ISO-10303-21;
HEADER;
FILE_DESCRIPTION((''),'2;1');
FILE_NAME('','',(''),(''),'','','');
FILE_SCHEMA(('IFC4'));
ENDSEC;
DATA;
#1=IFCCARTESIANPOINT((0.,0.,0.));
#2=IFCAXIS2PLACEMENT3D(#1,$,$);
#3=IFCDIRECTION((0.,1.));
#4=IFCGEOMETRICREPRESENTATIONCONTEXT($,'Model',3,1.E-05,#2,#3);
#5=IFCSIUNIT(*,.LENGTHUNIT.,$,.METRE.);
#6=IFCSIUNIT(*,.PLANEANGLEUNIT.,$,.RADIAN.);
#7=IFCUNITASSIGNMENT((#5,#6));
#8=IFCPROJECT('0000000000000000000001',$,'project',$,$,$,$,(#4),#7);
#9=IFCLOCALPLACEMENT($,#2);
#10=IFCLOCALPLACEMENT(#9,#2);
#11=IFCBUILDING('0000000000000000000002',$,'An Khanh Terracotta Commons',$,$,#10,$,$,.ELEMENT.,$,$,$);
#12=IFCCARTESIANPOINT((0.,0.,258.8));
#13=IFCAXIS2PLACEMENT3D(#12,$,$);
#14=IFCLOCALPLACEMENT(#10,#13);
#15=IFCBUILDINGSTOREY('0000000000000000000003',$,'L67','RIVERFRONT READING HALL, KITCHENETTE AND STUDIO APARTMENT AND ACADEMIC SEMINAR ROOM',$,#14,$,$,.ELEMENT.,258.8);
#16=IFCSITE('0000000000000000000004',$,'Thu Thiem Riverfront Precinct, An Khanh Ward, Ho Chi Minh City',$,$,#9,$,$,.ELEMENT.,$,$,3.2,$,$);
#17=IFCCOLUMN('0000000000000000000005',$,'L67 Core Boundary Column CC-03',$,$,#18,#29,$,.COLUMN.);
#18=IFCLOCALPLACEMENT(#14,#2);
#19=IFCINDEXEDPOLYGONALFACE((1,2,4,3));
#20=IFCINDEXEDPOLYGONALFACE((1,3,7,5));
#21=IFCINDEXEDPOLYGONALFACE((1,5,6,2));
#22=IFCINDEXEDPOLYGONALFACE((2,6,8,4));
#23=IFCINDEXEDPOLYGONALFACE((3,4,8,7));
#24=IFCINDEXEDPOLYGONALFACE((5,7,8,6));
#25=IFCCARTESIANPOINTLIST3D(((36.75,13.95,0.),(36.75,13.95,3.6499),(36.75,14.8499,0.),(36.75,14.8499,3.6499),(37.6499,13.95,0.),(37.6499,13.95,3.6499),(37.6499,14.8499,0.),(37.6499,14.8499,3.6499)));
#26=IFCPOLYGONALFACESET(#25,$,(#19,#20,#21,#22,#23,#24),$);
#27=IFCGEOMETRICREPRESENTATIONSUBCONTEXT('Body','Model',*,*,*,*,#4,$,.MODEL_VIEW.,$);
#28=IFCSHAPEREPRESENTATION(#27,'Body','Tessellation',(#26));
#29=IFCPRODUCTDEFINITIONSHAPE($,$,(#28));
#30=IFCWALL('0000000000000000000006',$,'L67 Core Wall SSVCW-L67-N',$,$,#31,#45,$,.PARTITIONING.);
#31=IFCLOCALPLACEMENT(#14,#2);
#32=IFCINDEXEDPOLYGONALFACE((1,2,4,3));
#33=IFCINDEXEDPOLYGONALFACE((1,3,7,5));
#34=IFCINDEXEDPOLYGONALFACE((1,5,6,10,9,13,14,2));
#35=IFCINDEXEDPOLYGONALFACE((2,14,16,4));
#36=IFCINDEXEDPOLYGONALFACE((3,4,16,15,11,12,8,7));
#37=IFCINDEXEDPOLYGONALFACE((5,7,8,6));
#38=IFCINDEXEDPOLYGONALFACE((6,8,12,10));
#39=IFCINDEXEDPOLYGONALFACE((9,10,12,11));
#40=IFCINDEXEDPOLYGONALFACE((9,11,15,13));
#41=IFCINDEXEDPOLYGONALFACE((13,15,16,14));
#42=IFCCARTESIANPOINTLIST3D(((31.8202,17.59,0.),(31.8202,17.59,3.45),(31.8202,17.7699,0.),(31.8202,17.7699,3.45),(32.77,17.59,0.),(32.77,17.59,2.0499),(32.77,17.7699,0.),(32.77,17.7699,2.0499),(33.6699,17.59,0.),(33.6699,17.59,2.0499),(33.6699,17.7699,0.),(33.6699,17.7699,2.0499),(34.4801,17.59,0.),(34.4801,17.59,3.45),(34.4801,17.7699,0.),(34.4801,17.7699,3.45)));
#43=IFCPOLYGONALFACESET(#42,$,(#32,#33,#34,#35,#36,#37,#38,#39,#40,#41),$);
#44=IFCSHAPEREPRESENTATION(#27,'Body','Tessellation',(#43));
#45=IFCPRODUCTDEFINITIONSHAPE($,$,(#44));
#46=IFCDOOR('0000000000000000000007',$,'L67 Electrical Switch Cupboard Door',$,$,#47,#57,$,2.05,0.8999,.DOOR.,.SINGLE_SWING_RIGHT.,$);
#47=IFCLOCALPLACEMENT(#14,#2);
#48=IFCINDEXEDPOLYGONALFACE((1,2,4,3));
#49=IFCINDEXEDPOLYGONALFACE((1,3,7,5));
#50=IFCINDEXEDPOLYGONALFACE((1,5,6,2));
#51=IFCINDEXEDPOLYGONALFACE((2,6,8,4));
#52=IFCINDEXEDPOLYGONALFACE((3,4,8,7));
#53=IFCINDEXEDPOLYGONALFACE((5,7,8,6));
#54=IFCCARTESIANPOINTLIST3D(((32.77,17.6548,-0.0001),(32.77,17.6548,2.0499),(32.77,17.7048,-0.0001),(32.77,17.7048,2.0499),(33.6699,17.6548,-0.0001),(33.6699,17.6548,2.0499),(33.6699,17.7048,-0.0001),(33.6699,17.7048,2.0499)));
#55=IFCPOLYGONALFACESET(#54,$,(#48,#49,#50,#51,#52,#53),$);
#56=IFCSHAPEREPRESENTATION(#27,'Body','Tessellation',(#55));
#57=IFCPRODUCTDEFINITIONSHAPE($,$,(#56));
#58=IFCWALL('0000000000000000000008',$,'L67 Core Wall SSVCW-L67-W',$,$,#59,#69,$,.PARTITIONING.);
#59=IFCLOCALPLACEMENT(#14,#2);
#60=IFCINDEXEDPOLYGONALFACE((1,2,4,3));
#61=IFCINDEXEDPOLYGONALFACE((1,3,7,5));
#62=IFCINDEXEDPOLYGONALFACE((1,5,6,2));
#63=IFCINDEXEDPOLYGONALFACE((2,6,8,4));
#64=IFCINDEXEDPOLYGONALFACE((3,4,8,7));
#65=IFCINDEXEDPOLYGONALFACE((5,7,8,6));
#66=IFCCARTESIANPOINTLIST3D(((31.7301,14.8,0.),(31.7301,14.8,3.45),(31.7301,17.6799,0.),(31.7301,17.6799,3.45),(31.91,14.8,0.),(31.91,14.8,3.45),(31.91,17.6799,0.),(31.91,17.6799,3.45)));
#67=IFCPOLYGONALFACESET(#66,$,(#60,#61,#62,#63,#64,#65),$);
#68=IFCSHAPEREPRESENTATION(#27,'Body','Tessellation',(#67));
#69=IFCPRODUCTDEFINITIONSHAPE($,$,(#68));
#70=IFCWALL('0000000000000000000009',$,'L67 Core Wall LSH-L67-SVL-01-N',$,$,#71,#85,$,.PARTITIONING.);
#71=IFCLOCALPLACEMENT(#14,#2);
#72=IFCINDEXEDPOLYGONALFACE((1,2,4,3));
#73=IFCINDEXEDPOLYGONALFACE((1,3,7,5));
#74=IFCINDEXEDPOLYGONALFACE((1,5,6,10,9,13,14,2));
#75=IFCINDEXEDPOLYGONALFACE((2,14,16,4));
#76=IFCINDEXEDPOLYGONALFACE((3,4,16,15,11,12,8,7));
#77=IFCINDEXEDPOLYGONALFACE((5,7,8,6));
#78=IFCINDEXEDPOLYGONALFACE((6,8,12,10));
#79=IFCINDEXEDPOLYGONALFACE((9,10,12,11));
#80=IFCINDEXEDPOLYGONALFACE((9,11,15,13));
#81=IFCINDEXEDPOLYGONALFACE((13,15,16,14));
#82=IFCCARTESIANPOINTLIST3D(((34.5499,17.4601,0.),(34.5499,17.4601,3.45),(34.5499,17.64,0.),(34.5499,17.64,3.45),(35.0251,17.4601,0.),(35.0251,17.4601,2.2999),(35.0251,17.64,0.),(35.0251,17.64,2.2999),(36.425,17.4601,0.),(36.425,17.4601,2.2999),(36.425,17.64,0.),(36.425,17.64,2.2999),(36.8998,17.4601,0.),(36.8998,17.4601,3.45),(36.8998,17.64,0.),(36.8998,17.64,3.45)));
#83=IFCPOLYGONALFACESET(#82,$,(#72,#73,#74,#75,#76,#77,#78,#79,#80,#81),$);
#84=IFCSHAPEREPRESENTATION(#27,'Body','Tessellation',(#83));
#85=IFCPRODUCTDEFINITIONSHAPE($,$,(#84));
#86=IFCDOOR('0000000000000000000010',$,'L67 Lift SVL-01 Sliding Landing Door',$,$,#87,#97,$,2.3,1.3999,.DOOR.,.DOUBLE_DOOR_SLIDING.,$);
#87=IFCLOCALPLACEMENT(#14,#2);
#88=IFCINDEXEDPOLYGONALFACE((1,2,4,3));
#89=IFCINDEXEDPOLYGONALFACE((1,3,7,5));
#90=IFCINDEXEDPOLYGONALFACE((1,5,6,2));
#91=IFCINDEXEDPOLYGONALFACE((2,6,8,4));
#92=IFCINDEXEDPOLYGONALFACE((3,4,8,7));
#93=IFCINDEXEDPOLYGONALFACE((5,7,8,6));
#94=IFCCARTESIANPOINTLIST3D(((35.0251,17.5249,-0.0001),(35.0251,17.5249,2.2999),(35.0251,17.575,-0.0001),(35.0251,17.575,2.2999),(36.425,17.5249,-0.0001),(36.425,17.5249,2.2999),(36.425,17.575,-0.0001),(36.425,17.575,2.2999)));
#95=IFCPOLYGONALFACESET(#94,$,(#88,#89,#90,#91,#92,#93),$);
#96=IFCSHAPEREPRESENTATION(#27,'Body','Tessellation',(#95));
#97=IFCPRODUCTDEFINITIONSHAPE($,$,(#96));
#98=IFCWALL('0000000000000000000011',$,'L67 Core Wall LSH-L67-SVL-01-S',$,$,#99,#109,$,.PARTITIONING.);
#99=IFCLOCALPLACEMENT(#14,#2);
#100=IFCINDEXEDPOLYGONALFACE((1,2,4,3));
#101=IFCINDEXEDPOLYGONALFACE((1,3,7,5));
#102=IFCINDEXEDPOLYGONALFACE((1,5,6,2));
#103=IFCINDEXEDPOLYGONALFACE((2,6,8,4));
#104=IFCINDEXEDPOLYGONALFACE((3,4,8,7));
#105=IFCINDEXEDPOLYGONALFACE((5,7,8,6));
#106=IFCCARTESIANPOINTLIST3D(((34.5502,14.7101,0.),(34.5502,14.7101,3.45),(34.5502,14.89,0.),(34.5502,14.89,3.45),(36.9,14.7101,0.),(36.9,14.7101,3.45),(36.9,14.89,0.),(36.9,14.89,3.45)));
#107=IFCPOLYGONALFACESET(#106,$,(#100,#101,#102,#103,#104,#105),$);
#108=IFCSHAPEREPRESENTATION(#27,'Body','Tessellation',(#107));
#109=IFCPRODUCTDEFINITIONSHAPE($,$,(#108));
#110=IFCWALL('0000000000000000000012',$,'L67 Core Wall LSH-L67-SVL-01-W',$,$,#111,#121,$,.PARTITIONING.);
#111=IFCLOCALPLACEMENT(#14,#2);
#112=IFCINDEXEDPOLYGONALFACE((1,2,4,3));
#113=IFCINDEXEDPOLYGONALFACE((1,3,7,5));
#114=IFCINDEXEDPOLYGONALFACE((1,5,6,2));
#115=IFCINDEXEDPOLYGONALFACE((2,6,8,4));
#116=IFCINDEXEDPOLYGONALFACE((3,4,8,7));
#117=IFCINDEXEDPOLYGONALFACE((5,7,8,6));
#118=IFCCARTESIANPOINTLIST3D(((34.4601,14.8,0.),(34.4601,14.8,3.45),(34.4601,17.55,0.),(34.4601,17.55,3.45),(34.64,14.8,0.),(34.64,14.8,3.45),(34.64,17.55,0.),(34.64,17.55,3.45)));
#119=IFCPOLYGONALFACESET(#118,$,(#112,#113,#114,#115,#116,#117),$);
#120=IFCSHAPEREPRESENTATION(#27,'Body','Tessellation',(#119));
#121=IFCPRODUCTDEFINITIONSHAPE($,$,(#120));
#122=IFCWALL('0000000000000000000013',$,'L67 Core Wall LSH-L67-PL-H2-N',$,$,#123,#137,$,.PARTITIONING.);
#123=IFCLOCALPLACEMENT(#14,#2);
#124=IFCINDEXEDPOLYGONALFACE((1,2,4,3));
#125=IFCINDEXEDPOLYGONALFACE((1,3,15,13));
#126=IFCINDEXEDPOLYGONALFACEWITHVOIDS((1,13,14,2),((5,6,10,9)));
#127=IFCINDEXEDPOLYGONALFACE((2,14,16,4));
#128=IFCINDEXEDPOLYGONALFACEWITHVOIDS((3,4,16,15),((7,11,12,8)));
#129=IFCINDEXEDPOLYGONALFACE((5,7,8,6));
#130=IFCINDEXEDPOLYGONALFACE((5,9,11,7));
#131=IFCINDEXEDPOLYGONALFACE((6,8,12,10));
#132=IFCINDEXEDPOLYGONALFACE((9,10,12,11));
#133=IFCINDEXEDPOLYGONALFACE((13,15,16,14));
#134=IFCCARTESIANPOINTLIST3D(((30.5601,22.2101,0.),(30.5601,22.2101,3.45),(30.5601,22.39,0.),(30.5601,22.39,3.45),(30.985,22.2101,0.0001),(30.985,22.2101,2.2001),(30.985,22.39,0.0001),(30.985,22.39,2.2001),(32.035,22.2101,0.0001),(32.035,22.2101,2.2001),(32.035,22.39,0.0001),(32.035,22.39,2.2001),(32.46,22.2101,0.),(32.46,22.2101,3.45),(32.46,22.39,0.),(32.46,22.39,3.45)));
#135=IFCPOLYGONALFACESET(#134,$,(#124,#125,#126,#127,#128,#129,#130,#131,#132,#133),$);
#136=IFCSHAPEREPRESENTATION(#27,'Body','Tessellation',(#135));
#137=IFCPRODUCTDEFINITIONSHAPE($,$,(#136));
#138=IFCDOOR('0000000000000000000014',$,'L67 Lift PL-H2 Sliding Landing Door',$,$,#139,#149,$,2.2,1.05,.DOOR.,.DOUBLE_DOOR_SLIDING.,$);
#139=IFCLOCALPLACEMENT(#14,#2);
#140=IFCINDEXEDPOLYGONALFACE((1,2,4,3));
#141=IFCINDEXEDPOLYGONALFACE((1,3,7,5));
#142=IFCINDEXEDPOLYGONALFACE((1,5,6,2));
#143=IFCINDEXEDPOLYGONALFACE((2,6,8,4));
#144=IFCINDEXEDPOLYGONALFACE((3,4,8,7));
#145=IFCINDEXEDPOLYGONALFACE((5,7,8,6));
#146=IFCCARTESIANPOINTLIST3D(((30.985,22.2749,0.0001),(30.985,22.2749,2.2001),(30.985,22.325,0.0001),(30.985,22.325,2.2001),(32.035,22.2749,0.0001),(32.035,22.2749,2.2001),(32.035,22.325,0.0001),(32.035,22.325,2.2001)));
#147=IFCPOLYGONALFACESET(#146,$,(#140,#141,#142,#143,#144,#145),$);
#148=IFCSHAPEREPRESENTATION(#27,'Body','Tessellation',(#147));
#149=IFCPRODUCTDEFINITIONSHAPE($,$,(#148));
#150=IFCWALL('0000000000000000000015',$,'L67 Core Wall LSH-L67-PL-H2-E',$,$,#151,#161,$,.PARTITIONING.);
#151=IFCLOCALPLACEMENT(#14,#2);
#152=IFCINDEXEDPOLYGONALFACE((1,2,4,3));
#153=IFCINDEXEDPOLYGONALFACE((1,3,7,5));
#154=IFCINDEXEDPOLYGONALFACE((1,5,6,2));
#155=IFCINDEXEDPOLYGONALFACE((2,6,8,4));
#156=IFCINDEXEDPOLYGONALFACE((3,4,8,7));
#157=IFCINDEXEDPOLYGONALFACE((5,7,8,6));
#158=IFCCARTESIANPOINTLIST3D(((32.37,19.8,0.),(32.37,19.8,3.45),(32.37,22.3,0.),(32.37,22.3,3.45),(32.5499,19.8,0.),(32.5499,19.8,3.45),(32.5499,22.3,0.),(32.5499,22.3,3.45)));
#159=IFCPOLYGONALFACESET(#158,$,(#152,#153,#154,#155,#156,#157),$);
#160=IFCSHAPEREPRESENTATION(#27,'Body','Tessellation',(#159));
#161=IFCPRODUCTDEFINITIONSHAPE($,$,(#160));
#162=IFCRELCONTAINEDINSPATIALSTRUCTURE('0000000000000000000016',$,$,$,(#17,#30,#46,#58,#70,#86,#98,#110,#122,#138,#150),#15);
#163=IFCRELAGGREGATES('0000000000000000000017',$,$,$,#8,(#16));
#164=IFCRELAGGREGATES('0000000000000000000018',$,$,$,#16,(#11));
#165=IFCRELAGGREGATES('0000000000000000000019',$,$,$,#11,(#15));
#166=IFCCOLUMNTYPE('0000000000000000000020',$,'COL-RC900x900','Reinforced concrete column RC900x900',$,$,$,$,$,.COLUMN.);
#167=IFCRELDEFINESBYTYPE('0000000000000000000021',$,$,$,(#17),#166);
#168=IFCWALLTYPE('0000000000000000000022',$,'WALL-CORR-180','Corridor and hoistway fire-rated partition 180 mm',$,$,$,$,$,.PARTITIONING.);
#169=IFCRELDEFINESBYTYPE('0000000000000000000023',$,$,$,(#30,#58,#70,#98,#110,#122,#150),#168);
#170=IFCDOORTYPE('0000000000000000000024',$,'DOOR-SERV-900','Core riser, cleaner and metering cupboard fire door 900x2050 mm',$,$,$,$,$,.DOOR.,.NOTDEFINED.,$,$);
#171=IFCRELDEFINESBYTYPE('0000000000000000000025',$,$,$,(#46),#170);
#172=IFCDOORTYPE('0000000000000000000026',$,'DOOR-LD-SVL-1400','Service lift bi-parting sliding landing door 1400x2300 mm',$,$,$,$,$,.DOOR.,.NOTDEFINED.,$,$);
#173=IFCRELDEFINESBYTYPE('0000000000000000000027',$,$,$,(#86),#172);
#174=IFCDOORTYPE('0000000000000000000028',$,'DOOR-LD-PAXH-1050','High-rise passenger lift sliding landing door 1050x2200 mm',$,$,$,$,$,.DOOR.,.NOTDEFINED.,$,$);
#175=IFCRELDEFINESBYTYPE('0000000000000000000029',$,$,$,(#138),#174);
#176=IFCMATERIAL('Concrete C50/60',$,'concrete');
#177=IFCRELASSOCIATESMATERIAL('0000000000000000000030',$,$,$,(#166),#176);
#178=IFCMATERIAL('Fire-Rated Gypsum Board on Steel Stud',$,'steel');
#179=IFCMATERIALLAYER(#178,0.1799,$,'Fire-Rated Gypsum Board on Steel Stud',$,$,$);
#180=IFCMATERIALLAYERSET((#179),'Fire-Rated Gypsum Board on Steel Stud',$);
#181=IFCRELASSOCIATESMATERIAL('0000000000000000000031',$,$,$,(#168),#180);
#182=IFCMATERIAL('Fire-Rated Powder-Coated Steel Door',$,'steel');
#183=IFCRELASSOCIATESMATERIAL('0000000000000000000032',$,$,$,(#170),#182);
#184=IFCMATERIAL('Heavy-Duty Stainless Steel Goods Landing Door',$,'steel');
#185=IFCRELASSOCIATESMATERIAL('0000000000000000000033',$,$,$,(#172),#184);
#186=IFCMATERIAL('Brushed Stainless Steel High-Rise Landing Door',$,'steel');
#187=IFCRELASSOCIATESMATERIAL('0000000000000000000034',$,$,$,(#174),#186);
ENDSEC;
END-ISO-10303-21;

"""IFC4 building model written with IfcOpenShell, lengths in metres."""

from ifc_helpers import new_model, si_unit, direction, frame, frame_2d, origin, origin_2d, place, context, subcontext, project, spatial, rectangle, extrude, material, layer, layer_set, material_profile, profile_set, type_object, element, fill, save


model = new_model("IFC4")

# Units and contexts
model_context = context("Model", 3, precision=1e-05, world=origin(), true_north=direction((0.0, 1.0)))
body_context = subcontext(model_context, "Body", "Model", "MODEL_VIEW")
ifc_project = project(units=[si_unit("LENGTHUNIT", "METRE"), si_unit("PLANEANGLEUNIT", "RADIAN")], contexts=[model_context])

# Site, building, storey
site_placement = place(None, origin())
site = spatial("IfcSite", under=ifc_project, at=site_placement, Name="Thu Thiem Riverfront Precinct, An Khanh Ward, Ho Chi Minh City", CompositionType="ELEMENT", RefElevation=3.2)
building_placement = place(site_placement, origin())
building = spatial("IfcBuilding", under=site, at=building_placement, Name="An Khanh Terracotta Commons", CompositionType="ELEMENT")
storey_placement = place(building_placement, frame((0.0, 0.0, 258.8)))
storey = spatial("IfcBuildingStorey", under=building, at=storey_placement, Name="L67", Description="RIVERFRONT READING HALL, KITCHENETTE AND STUDIO APARTMENT AND ACADEMIC SEMINAR ROOM", CompositionType="ELEMENT", Elevation=258.8)

# Column
ifc_material_1 = material(Name="Concrete C50/60", Category="concrete")
ifc_material_profile = material_profile(ifc_material_1, rectangle(XDim=0.8999, YDim=0.8999, at=origin_2d()), Name="RC900x900")
ifc_profile_set = profile_set([ifc_material_profile], Name="Concrete C50/60")
column_type = type_object("IfcColumnType", Name="COL-RC900x900", Description="Reinforced concrete column RC900x900", PredefinedType="COLUMN", material=ifc_profile_set)
column_placement = place(storey_placement, frame((37.2, 14.3999, 0.0), z_axis=(0.0, 0.0, 1.0), x_axis=(1.0, 0.0, 0.0)))
element("IfcColumn", 1, at=column_placement, inside=storey, type_object=column_type, Name="L67 Core Boundary Column CC-03", PredefinedType="COLUMN", context=body_context, shape_type="SweptSolid", body=[
    extrude(rectangle(XDim=0.8999, YDim=0.8999, at=origin_2d()), origin(), (0.0, 0.0, 1.0), 3.6499),
])

# Wall, opening, door
ifc_material_2 = material(Name="Fire-Rated Gypsum Board on Steel Stud", Category="steel")
ifc_layer_1 = layer(ifc_material_2, 0.1799, Name="Fire-Rated Gypsum Board on Steel Stud")
ifc_layer_set_1 = layer_set([ifc_layer_1], Name="Fire-Rated Gypsum Board on Steel Stud")
wall_type_1 = type_object("IfcWallType", Name="WALL-CORR-180", Description="Corridor and hoistway fire-rated partition 180 mm", PredefinedType="PARTITIONING", material=ifc_layer_set_1)
wall_1_placement = place(storey_placement, frame((31.8201, 17.6799, 0.0), z_axis=(0.0, 0.0, 1.0), x_axis=(1.0, 0.0, 0.0)))
wall_1 = element("IfcWall", 2, at=wall_1_placement, inside=storey, type_object=wall_type_1, Name="L67 Core Wall SSVCW-L67-N", PredefinedType="PARTITIONING", context=body_context, shape_type="SweptSolid", body=[
    extrude(rectangle(XDim=2.6599, YDim=0.1799, at=frame_2d((1.3301, 0.0))), origin(), (0.0, 0.0, 1.0), 3.45),
])
opening_1_placement = place(wall_1_placement, frame((0.95, 0.0, 0.0)))
opening_1 = element("IfcOpeningElement", 3, at=opening_1_placement, cuts=wall_1, PredefinedType="OPENING", context=body_context, shape_type="SweptSolid", body=[
    extrude(rectangle(XDim=0.8999, YDim=2.05, at=frame_2d((0.45, 1.0249))), frame((0.0, 0.0999, 0.0), z_axis=(0.0, -1.0, 0.0), x_axis=(1.0, 0.0, 0.0)), (0.0, 0.0, 1.0), 0.2),
])
ifc_material_3 = material(Name="Fire-Rated Powder-Coated Steel Door", Category="steel")
door_type_1 = type_object("IfcDoorType", Name="DOOR-SERV-900", Description="Core riser, cleaner and metering cupboard fire door 900x2050 mm", OperationType="NOTDEFINED", PredefinedType="DOOR", material=ifc_material_3)
door_1_placement = place(opening_1_placement, origin())
door_1 = element("IfcDoor", 4, at=door_1_placement, inside=storey, type_object=door_type_1, Name="L67 Electrical Switch Cupboard Door", OperationType="SINGLE_SWING_RIGHT", OverallHeight=2.05, OverallWidth=0.8999, PredefinedType="DOOR", context=body_context, shape_type="SweptSolid", body=[
    extrude(rectangle(XDim=0.8999, YDim=2.05, at=frame_2d((0.45, 1.0249))), frame((0.0, 0.0249, 0.0), z_axis=(0.0, -1.0, 0.0), x_axis=(1.0, 0.0, 0.0)), (0.0, 0.0, 1.0), 0.05),
])
fill(opening_1, door_1)

# Wall
wall_2_placement = place(storey_placement, frame((31.8201, 14.8, 0.0), z_axis=(0.0, 0.0, 1.0), x_axis=(0.0, 1.0, 0.0)))
element("IfcWall", 5, at=wall_2_placement, inside=storey, type_object=wall_type_1, Name="L67 Core Wall SSVCW-L67-W", PredefinedType="PARTITIONING", context=body_context, shape_type="SweptSolid", body=[
    extrude(rectangle(XDim=2.8799, YDim=0.1799, at=frame_2d((1.4399, 0.0))), origin(), (0.0, 0.0, 1.0), 3.45),
])

# Wall, opening, door
wall_3_placement = place(storey_placement, frame((34.55, 17.55, 0.0), z_axis=(0.0, 0.0, 1.0), x_axis=(1.0, 0.0, 0.0)))
wall_3 = element("IfcWall", 6, at=wall_3_placement, inside=storey, type_object=wall_type_1, Name="L67 Core Wall LSH-L67-SVL-01-N", PredefinedType="PARTITIONING", context=body_context, shape_type="SweptSolid", body=[
    extrude(rectangle(XDim=2.3499, YDim=0.1799, at=frame_2d((1.1748, 0.0))), origin(), (0.0, 0.0, 1.0), 3.45),
])
opening_2_placement = place(wall_3_placement, frame((0.4751, 0.0, 0.0)))
opening_2 = element("IfcOpeningElement", 7, at=opening_2_placement, cuts=wall_3, PredefinedType="OPENING", context=body_context, shape_type="SweptSolid", body=[
    extrude(rectangle(XDim=1.3999, YDim=2.3, at=frame_2d((0.7, 1.1499))), frame((0.0, 0.0999, 0.0), z_axis=(0.0, -1.0, 0.0), x_axis=(1.0, 0.0, 0.0)), (0.0, 0.0, 1.0), 0.2),
])
ifc_material_4 = material(Name="Heavy-Duty Stainless Steel Goods Landing Door", Category="steel")
door_type_2 = type_object("IfcDoorType", Name="DOOR-LD-SVL-1400", Description="Service lift bi-parting sliding landing door 1400x2300 mm", OperationType="NOTDEFINED", PredefinedType="DOOR", material=ifc_material_4)
door_2_placement = place(opening_2_placement, origin())
door_2 = element("IfcDoor", 8, at=door_2_placement, inside=storey, type_object=door_type_2, Name="L67 Lift SVL-01 Sliding Landing Door", OperationType="DOUBLE_DOOR_SLIDING", OverallHeight=2.3, OverallWidth=1.3999, PredefinedType="DOOR", context=body_context, shape_type="SweptSolid", body=[
    extrude(rectangle(XDim=1.3999, YDim=2.3, at=frame_2d((0.7, 1.1499))), frame((0.0, 0.0249, 0.0), z_axis=(0.0, -1.0, 0.0), x_axis=(1.0, 0.0, 0.0)), (0.0, 0.0, 1.0), 0.05),
])
fill(opening_2, door_2)

# Walls
wall_4_placement = place(storey_placement, frame((36.8999, 14.8, 0.0), z_axis=(0.0, 0.0, 1.0), x_axis=(-1.0, 0.0, 0.0)))
element("IfcWall", 9, at=wall_4_placement, inside=storey, type_object=wall_type_1, Name="L67 Core Wall LSH-L67-SVL-01-S", PredefinedType="PARTITIONING", context=body_context, shape_type="SweptSolid", body=[
    extrude(rectangle(XDim=2.3499, YDim=0.1799, at=frame_2d((1.1748, 0.0))), origin(), (0.0, 0.0, 1.0), 3.45),
])
wall_5_placement = place(storey_placement, frame((34.55, 17.55, 0.0), z_axis=(0.0, 0.0, 1.0), x_axis=(0.0, -1.0, 0.0)))
element("IfcWall", 10, at=wall_5_placement, inside=storey, type_object=wall_type_1, Name="L67 Core Wall LSH-L67-SVL-01-W", PredefinedType="PARTITIONING", context=body_context, shape_type="SweptSolid", body=[
    extrude(rectangle(XDim=2.75, YDim=0.1799, at=frame_2d((1.375, 0.0))), origin(), (0.0, 0.0, 1.0), 3.45),
])

# Wall, opening, door
wall_6_placement = place(storey_placement, frame((30.5601, 22.3, 0.0), z_axis=(0.0, 0.0, 1.0), x_axis=(1.0, 0.0, 0.0)))
wall_6 = element("IfcWall", 11, at=wall_6_placement, inside=storey, type_object=wall_type_1, Name="L67 Core Wall LSH-L67-PL-H2-N", PredefinedType="PARTITIONING", context=body_context, shape_type="SweptSolid", body=[
    extrude(rectangle(XDim=1.8999, YDim=0.1799, at=frame_2d((0.95, 0.0))), origin(), (0.0, 0.0, 1.0), 3.45),
])
opening_3_placement = place(wall_6_placement, frame((0.425, 0.0, 0.0)))
opening_3 = element("IfcOpeningElement", 12, at=opening_3_placement, cuts=wall_6, PredefinedType="OPENING", context=body_context, shape_type="SweptSolid", body=[
    extrude(rectangle(XDim=1.05, YDim=2.2, at=frame_2d((0.5249, 1.1001))), frame((0.0, 0.0999, 0.0), z_axis=(0.0, -1.0, 0.0), x_axis=(1.0, 0.0, 0.0)), (0.0, 0.0, 1.0), 0.2),
])
ifc_material_5 = material(Name="Brushed Stainless Steel High-Rise Landing Door", Category="steel")
door_type_3 = type_object("IfcDoorType", Name="DOOR-LD-PAXH-1050", Description="High-rise passenger lift sliding landing door 1050x2200 mm", OperationType="NOTDEFINED", PredefinedType="DOOR", material=ifc_material_5)
door_3_placement = place(opening_3_placement, origin())
door_3 = element("IfcDoor", 13, at=door_3_placement, inside=storey, type_object=door_type_3, Name="L67 Lift PL-H2 Sliding Landing Door", OperationType="DOUBLE_DOOR_SLIDING", OverallHeight=2.2, OverallWidth=1.05, PredefinedType="DOOR", context=body_context, shape_type="SweptSolid", body=[
    extrude(rectangle(XDim=1.05, YDim=2.2, at=frame_2d((0.5249, 1.1001))), frame((0.0, 0.0249, 0.0), z_axis=(0.0, -1.0, 0.0), x_axis=(1.0, 0.0, 0.0)), (0.0, 0.0, 1.0), 0.05),
])
fill(opening_3, door_3)

# Wall
wall_7_placement = place(storey_placement, frame((32.46, 19.8, 0.0), z_axis=(0.0, 0.0, 1.0), x_axis=(0.0, 1.0, 0.0)))
element("IfcWall", 14, at=wall_7_placement, inside=storey, type_object=wall_type_1, Name="L67 Core Wall LSH-L67-PL-H2-E", PredefinedType="PARTITIONING", context=body_context, shape_type="SweptSolid", body=[
    extrude(rectangle(XDim=2.5, YDim=0.1799, at=frame_2d((1.25, 0.0))), origin(), (0.0, 0.0, 1.0), 3.45),
])

save(model, "model.ifc")
